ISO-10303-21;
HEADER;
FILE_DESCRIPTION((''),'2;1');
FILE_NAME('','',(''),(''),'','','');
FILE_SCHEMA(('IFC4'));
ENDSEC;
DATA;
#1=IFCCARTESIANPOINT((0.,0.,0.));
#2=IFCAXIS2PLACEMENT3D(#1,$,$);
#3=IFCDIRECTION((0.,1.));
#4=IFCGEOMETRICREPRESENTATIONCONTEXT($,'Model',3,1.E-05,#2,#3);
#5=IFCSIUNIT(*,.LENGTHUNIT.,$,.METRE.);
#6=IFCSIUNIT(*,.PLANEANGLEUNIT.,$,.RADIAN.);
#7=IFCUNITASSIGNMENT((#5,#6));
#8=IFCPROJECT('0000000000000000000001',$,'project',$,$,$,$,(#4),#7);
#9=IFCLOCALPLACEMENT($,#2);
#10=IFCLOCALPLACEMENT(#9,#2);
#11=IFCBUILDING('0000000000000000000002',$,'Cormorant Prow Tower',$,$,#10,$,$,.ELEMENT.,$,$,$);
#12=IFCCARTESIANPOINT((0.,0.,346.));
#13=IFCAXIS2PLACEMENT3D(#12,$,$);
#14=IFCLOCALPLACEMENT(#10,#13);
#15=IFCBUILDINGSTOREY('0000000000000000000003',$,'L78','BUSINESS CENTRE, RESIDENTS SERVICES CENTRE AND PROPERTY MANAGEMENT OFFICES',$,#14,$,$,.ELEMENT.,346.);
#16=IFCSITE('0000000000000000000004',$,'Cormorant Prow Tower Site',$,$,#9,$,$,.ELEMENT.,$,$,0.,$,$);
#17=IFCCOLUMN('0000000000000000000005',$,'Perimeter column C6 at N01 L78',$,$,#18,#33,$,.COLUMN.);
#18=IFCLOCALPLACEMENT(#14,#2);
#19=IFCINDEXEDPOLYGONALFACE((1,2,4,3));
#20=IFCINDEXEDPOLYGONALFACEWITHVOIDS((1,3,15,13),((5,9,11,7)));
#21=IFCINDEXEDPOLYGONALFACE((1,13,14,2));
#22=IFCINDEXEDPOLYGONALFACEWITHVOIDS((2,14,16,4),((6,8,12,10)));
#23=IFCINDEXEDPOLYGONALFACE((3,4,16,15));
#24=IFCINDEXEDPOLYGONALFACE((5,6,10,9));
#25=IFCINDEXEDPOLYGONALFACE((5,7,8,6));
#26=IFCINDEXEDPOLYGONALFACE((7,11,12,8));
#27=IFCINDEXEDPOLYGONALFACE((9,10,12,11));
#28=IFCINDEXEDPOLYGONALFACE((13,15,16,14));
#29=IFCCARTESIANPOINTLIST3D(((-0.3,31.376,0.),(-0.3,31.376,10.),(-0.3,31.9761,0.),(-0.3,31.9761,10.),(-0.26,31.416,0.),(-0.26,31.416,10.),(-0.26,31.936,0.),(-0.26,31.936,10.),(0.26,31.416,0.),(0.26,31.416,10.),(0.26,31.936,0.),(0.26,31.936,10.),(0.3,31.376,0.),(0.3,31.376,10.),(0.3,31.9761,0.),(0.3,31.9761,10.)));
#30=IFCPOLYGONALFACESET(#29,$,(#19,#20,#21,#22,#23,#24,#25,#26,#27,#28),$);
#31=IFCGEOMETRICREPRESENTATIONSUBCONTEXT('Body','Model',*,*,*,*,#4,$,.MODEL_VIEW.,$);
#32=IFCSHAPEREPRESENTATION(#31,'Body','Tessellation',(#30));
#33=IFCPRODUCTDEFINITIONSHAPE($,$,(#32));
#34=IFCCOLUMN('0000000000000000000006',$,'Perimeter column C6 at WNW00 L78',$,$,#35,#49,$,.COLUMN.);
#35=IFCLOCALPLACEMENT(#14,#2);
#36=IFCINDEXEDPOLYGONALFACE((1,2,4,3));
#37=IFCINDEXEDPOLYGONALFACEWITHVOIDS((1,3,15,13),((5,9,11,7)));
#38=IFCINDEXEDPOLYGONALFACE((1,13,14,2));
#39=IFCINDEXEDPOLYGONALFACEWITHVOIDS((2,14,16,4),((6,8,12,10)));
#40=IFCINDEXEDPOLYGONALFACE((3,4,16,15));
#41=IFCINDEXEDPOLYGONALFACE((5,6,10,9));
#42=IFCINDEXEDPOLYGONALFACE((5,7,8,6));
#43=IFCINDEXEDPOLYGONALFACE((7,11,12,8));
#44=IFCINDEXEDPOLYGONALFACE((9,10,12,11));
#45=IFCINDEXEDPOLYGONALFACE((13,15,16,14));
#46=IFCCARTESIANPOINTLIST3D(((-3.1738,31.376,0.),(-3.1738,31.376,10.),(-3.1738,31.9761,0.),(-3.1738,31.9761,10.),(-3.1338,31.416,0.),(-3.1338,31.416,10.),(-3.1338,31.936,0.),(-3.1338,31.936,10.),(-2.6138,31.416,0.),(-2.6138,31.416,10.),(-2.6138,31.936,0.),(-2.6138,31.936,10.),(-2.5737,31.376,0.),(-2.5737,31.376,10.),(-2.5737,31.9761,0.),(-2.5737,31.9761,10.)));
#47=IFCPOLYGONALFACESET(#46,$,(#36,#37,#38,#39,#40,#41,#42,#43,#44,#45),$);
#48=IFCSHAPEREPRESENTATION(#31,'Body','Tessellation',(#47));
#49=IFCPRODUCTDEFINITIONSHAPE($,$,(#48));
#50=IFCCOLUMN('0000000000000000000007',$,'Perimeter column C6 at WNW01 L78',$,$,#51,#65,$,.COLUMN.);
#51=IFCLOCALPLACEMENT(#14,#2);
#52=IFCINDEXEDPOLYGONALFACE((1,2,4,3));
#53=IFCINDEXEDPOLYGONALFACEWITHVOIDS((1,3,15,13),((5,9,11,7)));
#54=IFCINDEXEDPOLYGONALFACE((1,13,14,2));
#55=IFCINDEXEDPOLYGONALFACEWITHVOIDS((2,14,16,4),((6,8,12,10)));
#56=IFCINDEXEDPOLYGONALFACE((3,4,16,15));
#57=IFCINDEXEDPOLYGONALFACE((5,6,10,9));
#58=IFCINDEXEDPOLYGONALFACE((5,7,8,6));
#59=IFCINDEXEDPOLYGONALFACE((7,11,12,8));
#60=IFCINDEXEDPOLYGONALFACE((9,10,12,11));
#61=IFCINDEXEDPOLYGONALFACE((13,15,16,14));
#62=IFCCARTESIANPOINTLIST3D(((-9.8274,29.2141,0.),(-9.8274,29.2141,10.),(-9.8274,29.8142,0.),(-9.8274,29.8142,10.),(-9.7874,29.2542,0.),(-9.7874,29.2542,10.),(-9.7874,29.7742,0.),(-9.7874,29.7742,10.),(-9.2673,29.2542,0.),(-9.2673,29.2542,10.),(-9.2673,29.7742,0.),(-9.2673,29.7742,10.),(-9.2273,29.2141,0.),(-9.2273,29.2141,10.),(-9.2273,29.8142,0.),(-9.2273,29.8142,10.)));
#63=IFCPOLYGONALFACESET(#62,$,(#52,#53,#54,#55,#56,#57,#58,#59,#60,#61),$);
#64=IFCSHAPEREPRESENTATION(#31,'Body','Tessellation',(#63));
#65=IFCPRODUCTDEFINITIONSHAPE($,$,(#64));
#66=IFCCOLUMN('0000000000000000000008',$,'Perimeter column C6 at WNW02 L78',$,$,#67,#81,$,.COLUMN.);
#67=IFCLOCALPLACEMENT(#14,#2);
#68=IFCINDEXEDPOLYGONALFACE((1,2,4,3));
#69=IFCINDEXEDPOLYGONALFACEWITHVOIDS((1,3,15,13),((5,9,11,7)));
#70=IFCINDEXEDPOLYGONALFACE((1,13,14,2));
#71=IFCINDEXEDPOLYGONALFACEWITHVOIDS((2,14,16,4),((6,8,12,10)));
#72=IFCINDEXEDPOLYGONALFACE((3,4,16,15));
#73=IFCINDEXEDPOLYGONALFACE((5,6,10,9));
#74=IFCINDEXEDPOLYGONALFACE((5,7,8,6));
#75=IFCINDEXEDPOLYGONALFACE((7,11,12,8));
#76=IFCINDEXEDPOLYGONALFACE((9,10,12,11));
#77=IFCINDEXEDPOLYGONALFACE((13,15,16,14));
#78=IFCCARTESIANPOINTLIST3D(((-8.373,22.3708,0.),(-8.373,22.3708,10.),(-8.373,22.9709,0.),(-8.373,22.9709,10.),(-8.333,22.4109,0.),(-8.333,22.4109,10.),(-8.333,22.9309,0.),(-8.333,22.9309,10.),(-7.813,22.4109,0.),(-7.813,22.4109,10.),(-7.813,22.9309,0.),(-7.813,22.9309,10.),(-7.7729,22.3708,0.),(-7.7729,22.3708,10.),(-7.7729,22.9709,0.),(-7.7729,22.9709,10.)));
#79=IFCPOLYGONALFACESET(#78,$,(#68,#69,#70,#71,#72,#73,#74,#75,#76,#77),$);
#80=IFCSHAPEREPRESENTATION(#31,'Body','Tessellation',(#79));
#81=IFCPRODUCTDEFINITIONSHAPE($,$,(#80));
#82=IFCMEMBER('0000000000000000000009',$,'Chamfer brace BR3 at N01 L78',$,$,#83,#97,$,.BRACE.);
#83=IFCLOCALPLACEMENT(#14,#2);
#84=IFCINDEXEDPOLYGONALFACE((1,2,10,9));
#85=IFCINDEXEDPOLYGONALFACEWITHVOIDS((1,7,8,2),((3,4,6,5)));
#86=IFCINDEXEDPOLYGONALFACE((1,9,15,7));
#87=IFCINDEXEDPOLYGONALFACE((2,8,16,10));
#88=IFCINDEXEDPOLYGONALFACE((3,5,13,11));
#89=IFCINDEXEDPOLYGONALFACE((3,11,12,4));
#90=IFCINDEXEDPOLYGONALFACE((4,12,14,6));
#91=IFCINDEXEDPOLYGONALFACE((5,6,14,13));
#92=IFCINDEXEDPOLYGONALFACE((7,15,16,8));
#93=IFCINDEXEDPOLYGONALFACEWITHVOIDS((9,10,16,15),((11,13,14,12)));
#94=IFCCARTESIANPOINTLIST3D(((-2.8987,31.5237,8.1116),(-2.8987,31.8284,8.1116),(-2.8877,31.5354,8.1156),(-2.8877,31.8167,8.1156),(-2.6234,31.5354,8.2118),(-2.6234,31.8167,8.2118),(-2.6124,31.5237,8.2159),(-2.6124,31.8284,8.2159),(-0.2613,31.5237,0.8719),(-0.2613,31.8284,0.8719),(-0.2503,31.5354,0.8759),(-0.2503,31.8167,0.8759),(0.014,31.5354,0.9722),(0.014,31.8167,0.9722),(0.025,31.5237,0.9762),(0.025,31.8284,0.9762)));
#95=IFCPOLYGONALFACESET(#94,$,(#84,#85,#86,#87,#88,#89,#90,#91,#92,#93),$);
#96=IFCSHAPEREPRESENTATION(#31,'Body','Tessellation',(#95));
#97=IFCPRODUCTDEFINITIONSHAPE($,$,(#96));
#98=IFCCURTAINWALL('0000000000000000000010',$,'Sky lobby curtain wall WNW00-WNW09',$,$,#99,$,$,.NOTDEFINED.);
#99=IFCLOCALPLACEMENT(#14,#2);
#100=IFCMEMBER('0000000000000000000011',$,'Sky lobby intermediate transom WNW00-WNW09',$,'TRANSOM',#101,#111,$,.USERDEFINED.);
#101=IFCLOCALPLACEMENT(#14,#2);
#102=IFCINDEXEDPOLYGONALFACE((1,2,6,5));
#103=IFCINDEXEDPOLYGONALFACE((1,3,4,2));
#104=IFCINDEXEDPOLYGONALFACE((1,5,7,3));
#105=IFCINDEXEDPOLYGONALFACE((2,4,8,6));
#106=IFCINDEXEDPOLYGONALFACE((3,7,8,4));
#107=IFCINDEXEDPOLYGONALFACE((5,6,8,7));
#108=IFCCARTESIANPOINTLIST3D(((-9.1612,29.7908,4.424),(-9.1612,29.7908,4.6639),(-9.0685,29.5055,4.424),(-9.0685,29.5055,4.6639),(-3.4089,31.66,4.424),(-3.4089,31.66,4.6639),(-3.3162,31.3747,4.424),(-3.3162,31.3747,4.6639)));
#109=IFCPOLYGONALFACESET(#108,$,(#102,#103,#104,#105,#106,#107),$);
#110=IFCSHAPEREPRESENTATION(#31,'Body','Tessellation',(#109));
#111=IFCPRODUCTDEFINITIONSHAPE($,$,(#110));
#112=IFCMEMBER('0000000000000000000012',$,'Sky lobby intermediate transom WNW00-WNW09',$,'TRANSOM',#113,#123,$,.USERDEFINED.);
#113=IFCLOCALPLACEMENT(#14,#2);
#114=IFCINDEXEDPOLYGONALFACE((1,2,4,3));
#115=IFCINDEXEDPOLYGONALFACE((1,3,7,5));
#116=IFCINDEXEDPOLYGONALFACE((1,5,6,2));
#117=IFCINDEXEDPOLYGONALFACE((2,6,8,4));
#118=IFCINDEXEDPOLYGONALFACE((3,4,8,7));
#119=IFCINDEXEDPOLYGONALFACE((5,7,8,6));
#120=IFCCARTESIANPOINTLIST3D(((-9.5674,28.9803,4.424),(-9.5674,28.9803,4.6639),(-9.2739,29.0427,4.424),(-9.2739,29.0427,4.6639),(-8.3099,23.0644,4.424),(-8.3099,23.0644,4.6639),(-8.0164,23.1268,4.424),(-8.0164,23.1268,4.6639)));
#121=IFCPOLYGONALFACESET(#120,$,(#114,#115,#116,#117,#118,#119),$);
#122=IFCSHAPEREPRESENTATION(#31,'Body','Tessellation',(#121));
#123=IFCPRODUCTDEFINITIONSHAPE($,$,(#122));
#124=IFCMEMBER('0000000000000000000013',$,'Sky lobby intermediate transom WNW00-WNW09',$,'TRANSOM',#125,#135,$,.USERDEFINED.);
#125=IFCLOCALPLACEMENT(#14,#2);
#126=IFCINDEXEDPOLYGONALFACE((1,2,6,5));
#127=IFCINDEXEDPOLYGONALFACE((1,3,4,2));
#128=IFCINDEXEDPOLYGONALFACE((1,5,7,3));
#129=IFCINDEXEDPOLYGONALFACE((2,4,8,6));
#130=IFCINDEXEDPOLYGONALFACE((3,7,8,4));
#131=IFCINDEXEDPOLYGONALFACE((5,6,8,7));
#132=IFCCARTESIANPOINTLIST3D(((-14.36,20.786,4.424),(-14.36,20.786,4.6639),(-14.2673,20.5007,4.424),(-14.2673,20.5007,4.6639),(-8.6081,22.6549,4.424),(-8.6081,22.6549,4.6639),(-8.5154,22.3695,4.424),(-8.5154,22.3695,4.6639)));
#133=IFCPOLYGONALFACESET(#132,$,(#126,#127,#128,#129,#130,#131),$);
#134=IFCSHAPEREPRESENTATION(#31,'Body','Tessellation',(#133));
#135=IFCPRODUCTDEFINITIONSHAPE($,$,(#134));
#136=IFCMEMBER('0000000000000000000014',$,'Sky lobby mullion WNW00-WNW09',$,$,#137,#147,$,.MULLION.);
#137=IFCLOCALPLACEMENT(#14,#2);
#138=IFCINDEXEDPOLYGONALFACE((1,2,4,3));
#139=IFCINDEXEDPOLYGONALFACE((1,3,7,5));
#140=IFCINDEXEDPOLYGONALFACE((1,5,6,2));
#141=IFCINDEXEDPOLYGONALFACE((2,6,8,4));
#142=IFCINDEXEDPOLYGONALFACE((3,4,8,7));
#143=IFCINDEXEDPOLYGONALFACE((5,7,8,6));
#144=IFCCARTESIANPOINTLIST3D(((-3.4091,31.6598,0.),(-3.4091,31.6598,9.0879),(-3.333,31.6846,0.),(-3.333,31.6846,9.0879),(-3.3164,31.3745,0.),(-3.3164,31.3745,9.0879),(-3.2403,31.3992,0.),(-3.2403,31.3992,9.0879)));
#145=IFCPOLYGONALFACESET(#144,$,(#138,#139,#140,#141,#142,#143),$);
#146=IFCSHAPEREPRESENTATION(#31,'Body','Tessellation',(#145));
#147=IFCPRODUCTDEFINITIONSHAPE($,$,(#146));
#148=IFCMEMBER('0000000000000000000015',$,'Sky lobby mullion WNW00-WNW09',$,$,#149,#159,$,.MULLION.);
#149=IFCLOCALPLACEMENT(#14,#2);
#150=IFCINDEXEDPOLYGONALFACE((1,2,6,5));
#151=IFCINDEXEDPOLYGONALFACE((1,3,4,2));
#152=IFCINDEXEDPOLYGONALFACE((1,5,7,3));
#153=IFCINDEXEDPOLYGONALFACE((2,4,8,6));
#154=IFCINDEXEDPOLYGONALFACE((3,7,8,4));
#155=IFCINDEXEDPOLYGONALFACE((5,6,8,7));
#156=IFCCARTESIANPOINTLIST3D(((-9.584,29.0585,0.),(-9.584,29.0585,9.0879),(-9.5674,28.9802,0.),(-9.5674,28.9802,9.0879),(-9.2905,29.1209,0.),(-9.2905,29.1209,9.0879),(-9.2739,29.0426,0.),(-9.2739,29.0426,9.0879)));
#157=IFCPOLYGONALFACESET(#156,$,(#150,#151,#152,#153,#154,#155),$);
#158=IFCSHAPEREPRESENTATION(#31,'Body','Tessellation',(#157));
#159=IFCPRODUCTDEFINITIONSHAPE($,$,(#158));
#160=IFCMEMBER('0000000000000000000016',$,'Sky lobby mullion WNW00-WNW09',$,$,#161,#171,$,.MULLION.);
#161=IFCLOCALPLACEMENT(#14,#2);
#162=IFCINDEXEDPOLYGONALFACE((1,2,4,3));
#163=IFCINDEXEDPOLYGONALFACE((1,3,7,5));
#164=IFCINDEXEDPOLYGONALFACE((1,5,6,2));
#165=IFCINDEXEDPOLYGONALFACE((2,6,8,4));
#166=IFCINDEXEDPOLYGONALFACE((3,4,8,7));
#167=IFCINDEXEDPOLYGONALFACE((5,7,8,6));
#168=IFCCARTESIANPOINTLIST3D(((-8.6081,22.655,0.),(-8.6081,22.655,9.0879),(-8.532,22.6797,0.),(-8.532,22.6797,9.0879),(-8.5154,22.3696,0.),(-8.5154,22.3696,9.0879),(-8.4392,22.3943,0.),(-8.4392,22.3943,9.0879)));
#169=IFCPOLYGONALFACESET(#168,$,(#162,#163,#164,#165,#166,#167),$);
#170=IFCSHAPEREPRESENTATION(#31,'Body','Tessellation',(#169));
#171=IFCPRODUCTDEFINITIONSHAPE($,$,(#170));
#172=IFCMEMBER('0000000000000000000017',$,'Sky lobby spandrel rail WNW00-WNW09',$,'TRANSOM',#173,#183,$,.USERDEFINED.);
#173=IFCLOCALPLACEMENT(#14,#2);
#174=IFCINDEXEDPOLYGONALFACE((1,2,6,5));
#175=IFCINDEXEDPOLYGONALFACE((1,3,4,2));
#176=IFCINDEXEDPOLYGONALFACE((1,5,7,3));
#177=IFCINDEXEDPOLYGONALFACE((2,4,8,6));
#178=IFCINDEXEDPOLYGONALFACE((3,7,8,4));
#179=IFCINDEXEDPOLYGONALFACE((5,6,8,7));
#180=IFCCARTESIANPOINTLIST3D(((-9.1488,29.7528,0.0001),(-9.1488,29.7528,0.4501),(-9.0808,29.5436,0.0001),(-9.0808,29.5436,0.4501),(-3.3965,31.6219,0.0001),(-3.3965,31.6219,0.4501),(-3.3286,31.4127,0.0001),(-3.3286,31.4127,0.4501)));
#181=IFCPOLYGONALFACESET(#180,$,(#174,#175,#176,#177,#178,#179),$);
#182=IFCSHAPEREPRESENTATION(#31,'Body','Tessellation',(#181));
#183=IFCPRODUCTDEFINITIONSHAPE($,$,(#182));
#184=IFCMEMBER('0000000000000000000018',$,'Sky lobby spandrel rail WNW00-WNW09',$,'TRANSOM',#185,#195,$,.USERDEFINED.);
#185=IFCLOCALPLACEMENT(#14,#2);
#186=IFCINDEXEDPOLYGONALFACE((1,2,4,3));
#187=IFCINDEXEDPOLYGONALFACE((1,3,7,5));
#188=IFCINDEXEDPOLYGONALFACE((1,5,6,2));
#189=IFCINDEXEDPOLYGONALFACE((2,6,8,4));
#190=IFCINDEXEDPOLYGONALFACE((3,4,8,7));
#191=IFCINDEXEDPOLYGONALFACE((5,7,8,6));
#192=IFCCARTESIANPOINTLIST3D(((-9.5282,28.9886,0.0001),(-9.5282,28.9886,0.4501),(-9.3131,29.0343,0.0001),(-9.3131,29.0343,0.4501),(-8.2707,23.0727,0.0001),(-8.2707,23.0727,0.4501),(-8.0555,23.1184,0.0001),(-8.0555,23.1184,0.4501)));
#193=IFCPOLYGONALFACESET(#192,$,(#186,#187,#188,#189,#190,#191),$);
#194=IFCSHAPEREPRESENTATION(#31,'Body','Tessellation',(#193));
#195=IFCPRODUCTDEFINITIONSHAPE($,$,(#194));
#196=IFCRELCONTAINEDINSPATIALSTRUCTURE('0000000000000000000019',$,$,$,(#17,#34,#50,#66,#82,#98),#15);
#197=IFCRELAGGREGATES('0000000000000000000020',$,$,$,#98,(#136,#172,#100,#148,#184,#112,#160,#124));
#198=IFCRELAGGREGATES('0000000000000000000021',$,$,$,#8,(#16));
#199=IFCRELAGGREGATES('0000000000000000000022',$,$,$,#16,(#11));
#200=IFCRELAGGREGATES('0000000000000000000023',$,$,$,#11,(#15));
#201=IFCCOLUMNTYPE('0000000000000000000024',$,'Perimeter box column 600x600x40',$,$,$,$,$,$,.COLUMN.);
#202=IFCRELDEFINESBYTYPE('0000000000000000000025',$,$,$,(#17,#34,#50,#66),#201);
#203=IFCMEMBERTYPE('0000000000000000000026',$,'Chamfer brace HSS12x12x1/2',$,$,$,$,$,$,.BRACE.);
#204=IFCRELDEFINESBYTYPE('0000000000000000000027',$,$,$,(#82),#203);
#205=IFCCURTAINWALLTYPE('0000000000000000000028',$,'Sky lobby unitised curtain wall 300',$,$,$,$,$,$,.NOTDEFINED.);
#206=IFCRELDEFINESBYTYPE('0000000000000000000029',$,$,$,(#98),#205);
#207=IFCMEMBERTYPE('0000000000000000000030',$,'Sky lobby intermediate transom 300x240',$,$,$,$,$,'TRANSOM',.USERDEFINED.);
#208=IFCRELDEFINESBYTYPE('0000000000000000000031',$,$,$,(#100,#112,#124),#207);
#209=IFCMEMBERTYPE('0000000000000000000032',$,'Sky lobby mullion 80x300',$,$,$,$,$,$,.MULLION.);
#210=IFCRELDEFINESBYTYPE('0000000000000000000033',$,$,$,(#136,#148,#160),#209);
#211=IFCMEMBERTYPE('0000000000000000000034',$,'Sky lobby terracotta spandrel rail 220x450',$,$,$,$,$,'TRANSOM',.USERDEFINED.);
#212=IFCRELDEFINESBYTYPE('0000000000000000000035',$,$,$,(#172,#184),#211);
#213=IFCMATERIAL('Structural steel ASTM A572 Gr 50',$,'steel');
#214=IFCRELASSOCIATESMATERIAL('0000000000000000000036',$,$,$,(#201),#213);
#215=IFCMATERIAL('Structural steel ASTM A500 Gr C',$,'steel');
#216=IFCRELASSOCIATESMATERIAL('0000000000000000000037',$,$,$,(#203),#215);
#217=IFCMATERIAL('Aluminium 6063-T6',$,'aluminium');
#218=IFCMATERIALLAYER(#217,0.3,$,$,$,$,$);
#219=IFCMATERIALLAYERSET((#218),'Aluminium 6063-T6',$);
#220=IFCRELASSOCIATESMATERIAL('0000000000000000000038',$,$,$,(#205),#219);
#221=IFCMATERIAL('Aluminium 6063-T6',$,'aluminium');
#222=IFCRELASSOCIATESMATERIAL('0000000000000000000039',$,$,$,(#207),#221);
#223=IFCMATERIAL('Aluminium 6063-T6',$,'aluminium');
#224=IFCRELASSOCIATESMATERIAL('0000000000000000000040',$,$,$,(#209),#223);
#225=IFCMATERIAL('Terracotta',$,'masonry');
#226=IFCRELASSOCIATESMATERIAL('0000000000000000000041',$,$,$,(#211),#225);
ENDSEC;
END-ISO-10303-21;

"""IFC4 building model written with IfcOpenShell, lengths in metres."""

from ifc_helpers import new_model, si_unit, direction, frame, origin, origin_2d, place, context, subcontext, project, spatial, rectangle, hollow_rectangle, extrude, material, layer, layer_set, material_profile, profile_set, type_object, element, aggregate, save


model = new_model("IFC4")

# Units and contexts
model_context = context("Model", 3, precision=1e-05, world=origin(), true_north=direction((0.0, 1.0)))
body_context = subcontext(model_context, "Body", "Model", "MODEL_VIEW")
ifc_project = project(units=[si_unit("LENGTHUNIT", "METRE"), si_unit("PLANEANGLEUNIT", "RADIAN")], contexts=[model_context])

# Site, building, storey
site_placement = place(None, origin())
site = spatial("IfcSite", under=ifc_project, at=site_placement, Name="Cormorant Prow Tower Site", CompositionType="ELEMENT", RefElevation=0.0)
building_placement = place(site_placement, origin())
building = spatial("IfcBuilding", under=site, at=building_placement, Name="Cormorant Prow Tower", CompositionType="ELEMENT")
storey_placement = place(building_placement, frame((0.0, 0.0, 346.0)))
storey = spatial("IfcBuildingStorey", under=building, at=storey_placement, Name="L78", Description="BUSINESS CENTRE, RESIDENTS SERVICES CENTRE AND PROPERTY MANAGEMENT OFFICES", CompositionType="ELEMENT", Elevation=346.0)

# Columns
ifc_material_1 = material(Name="Structural steel ASTM A572 Gr 50", Category="steel")
ifc_material_profile_1 = material_profile(ifc_material_1, hollow_rectangle(XDim=0.6001, YDim=0.6001, WallThickness=0.04, at=origin_2d()), Name="Box 600x600x40")
ifc_profile_set_1 = profile_set([ifc_material_profile_1], Name="Structural steel ASTM A572 Gr 50")
column_type = type_object("IfcColumnType", Name="Perimeter box column 600x600x40", PredefinedType="COLUMN", material=ifc_profile_set_1)
for number, where, z_axis, x_axis, name in (
    (1, (0.0, 31.676, 0.0), (0.0, 0.0, 1.0), (1.0, 0.0, 0.0), "Perimeter column C6 at N01 L78"),
    (2, (-2.8738, 31.676, 0.0), (0.0, 0.0, 1.0), (1.0, 0.0, 0.0), "Perimeter column C6 at WNW00 L78"),
    (3, (-9.5273, 29.5142, 0.0), (0.0, 0.0, 1.0), (1.0, 0.0, 0.0), "Perimeter column C6 at WNW01 L78"),
    (4, (-8.073, 22.6709, 0.0), (0.0, 0.0, 1.0), (1.0, 0.0, 0.0), "Perimeter column C6 at WNW02 L78"),
):
    element("IfcColumn", number, at=place(storey_placement, frame(where, z_axis=z_axis, x_axis=x_axis)), inside=storey, type_object=column_type, Name=name, PredefinedType="COLUMN", context=body_context, shape_type="SweptSolid", body=[
        extrude(hollow_rectangle(XDim=0.6001, YDim=0.6001, WallThickness=0.04, at=origin_2d()), origin(), (0.0, 0.0, 1.0), 10.0),
    ])

# Member
ifc_material_2 = material(Name="Structural steel ASTM A500 Gr C", Category="steel")
ifc_material_profile_2 = material_profile(ifc_material_2, hollow_rectangle(XDim=0.3047, YDim=0.3047, WallThickness=0.0117, at=origin_2d()), Name="HSS12x12x1/2")
ifc_profile_set_2 = profile_set([ifc_material_profile_2], Name="Structural steel ASTM A500 Gr C")
member_type_1 = type_object("IfcMemberType", Name="Chamfer brace HSS12x12x1/2", PredefinedType="BRACE", material=ifc_profile_set_2)
member_1_placement = place(storey_placement, frame((-0.1182, 31.676, 0.9241), z_axis=(-0.342295, 0.0, 0.939593), x_axis=(0.0, -1.0, 0.0)))
element("IfcMember", 5, at=member_1_placement, inside=storey, type_object=member_type_1, Name="Chamfer brace BR3 at N01 L78", PredefinedType="BRACE", context=body_context, shape_type="SweptSolid", body=[
    extrude(hollow_rectangle(XDim=0.3047, YDim=0.3047, WallThickness=0.0117, at=origin_2d()), origin(), (0.0, 0.0, 1.0), 7.7051),
])

# Curtain wall, members
ifc_material_3 = material(Name="Aluminium 6063-T6", Category="aluminium")
ifc_layer_1 = layer(ifc_material_3, 0.3)
ifc_layer_set_1 = layer_set([ifc_layer_1], Name="Aluminium 6063-T6")
curtain_wall_type = type_object("IfcCurtainWallType", Name="Sky lobby unitised curtain wall 300", PredefinedType="NOTDEFINED", material=ifc_layer_set_1)
curtain_wall_placement = place(storey_placement, origin())
curtain_wall = element("IfcCurtainWall", 6, at=curtain_wall_placement, inside=storey, type_object=curtain_wall_type, Name="Sky lobby curtain wall WNW00-WNW09", PredefinedType="NOTDEFINED")
ifc_material_4 = material(Name="Aluminium 6063-T6", Category="aluminium")
ifc_material_profile_3 = material_profile(ifc_material_4, rectangle(XDim=0.3, YDim=0.24, at=origin_2d()), Name="Sky lobby intermediate transom 300x240")
ifc_profile_set_3 = profile_set([ifc_material_profile_3], Name="Aluminium 6063-T6")
member_type_2 = type_object("IfcMemberType", Name="Sky lobby intermediate transom 300x240", ElementType="TRANSOM", PredefinedType="USERDEFINED", material=ifc_profile_set_3)
member_2_placement = place(storey_placement, frame((-3.3625, 31.5173, 4.5439), z_axis=(-0.95105, -0.309038, 0.0), x_axis=(0.309038, -0.95105, 0.0)))
member_2 = element("IfcMember", 7, at=member_2_placement, type_object=member_type_2, Name="Sky lobby intermediate transom WNW00-WNW09", ObjectType="TRANSOM", PredefinedType="USERDEFINED", context=body_context, shape_type="SweptSolid", body=[
    extrude(rectangle(XDim=0.3, YDim=0.24, at=origin_2d()), origin(), (0.0, 0.0, 1.0), 6.0483),
])
member_3_placement = place(storey_placement, frame((-9.4207, 29.0115, 4.5439), z_axis=(0.207924, -0.978145, 0.0), x_axis=(0.978145, 0.207924, 0.0)))
member_3 = element("IfcMember", 8, at=member_3_placement, type_object=member_type_2, Name="Sky lobby intermediate transom WNW00-WNW09", ObjectType="TRANSOM", PredefinedType="USERDEFINED", context=body_context, shape_type="SweptSolid", body=[
    extrude(rectangle(XDim=0.3, YDim=0.24, at=origin_2d()), origin(), (0.0, 0.0, 1.0), 6.0481),
])
member_4_placement = place(storey_placement, frame((-8.5618, 22.5122, 4.5439), z_axis=(-0.951058, -0.309013, 0.0), x_axis=(0.309013, -0.951058, 0.0)))
member_4 = element("IfcMember", 9, at=member_4_placement, type_object=member_type_2, Name="Sky lobby intermediate transom WNW00-WNW09", ObjectType="TRANSOM", PredefinedType="USERDEFINED", context=body_context, shape_type="SweptSolid", body=[
    extrude(rectangle(XDim=0.3, YDim=0.24, at=origin_2d()), origin(), (0.0, 0.0, 1.0), 6.0479),
])
ifc_material_5 = material(Name="Aluminium 6063-T6", Category="aluminium")
ifc_material_profile_4 = material_profile(ifc_material_5, rectangle(XDim=0.3, YDim=0.0801, at=origin_2d()), Name="Sky lobby mullion 80x300")
ifc_profile_set_4 = profile_set([ifc_material_profile_4], Name="Aluminium 6063-T6")
member_type_3 = type_object("IfcMemberType", Name="Sky lobby mullion 80x300", PredefinedType="MULLION", material=ifc_profile_set_4)
member_5_placement = place(storey_placement, frame((-3.3247, 31.5295, 0.0), z_axis=(0.0, 0.0, 1.0), x_axis=(0.309017, -0.951057, 0.0)))
member_5 = element("IfcMember", 10, at=member_5_placement, type_object=member_type_3, Name="Sky lobby mullion WNW00-WNW09", PredefinedType="MULLION", context=body_context, shape_type="SweptSolid", body=[
    extrude(rectangle(XDim=0.3, YDim=0.0801, at=origin_2d()), origin(), (0.0, 0.0, 1.0), 9.0879),
])
member_6_placement = place(storey_placement, frame((-9.429, 29.0505, 0.0), z_axis=(0.0, 0.0, 1.0), x_axis=(0.978148, 0.207912, 0.0)))
member_6 = element("IfcMember", 11, at=member_6_placement, type_object=member_type_3, Name="Sky lobby mullion WNW00-WNW09", PredefinedType="MULLION", context=body_context, shape_type="SweptSolid", body=[
    extrude(rectangle(XDim=0.3, YDim=0.0801, at=origin_2d()), origin(), (0.0, 0.0, 1.0), 9.0879),
])
member_7_placement = place(storey_placement, frame((-8.5237, 22.5247, 0.0), z_axis=(0.0, 0.0, 1.0), x_axis=(0.309017, -0.951057, 0.0)))
member_7 = element("IfcMember", 12, at=member_7_placement, type_object=member_type_3, Name="Sky lobby mullion WNW00-WNW09", PredefinedType="MULLION", context=body_context, shape_type="SweptSolid", body=[
    extrude(rectangle(XDim=0.3, YDim=0.0801, at=origin_2d()), origin(), (0.0, 0.0, 1.0), 9.0879),
])
ifc_material_6 = material(Name="Terracotta", Category="masonry")
ifc_material_profile_5 = material_profile(ifc_material_6, rectangle(XDim=0.22, YDim=0.45, at=origin_2d()), Name="Sky lobby terracotta spandrel rail 220x450")
ifc_profile_set_5 = profile_set([ifc_material_profile_5], Name="Terracotta")
member_type_4 = type_object("IfcMemberType", Name="Sky lobby terracotta spandrel rail 220x450", ElementType="TRANSOM", PredefinedType="USERDEFINED", material=ifc_profile_set_5)
member_8_placement = place(storey_placement, frame((-3.3625, 31.5173, 0.2251), z_axis=(-0.95105, -0.309038, 0.0), x_axis=(0.309038, -0.95105, 0.0)))
member_8 = element("IfcMember", 13, at=member_8_placement, type_object=member_type_4, Name="Sky lobby spandrel rail WNW00-WNW09", ObjectType="TRANSOM", PredefinedType="USERDEFINED", context=body_context, shape_type="SweptSolid", body=[
    extrude(rectangle(XDim=0.22, YDim=0.45, at=origin_2d()), origin(), (0.0, 0.0, 1.0), 6.0483),
])
member_9_placement = place(storey_placement, frame((-9.4207, 29.0115, 0.2251), z_axis=(0.207924, -0.978145, 0.0), x_axis=(0.978145, 0.207924, 0.0)))
member_9 = element("IfcMember", 14, at=member_9_placement, type_object=member_type_4, Name="Sky lobby spandrel rail WNW00-WNW09", ObjectType="TRANSOM", PredefinedType="USERDEFINED", context=body_context, shape_type="SweptSolid", body=[
    extrude(rectangle(XDim=0.22, YDim=0.45, at=origin_2d()), origin(), (0.0, 0.0, 1.0), 6.0481),
])

aggregate(curtain_wall, [member_5, member_8, member_2, member_6, member_9, member_3, member_7, member_4])

save(model, "model.ifc")
